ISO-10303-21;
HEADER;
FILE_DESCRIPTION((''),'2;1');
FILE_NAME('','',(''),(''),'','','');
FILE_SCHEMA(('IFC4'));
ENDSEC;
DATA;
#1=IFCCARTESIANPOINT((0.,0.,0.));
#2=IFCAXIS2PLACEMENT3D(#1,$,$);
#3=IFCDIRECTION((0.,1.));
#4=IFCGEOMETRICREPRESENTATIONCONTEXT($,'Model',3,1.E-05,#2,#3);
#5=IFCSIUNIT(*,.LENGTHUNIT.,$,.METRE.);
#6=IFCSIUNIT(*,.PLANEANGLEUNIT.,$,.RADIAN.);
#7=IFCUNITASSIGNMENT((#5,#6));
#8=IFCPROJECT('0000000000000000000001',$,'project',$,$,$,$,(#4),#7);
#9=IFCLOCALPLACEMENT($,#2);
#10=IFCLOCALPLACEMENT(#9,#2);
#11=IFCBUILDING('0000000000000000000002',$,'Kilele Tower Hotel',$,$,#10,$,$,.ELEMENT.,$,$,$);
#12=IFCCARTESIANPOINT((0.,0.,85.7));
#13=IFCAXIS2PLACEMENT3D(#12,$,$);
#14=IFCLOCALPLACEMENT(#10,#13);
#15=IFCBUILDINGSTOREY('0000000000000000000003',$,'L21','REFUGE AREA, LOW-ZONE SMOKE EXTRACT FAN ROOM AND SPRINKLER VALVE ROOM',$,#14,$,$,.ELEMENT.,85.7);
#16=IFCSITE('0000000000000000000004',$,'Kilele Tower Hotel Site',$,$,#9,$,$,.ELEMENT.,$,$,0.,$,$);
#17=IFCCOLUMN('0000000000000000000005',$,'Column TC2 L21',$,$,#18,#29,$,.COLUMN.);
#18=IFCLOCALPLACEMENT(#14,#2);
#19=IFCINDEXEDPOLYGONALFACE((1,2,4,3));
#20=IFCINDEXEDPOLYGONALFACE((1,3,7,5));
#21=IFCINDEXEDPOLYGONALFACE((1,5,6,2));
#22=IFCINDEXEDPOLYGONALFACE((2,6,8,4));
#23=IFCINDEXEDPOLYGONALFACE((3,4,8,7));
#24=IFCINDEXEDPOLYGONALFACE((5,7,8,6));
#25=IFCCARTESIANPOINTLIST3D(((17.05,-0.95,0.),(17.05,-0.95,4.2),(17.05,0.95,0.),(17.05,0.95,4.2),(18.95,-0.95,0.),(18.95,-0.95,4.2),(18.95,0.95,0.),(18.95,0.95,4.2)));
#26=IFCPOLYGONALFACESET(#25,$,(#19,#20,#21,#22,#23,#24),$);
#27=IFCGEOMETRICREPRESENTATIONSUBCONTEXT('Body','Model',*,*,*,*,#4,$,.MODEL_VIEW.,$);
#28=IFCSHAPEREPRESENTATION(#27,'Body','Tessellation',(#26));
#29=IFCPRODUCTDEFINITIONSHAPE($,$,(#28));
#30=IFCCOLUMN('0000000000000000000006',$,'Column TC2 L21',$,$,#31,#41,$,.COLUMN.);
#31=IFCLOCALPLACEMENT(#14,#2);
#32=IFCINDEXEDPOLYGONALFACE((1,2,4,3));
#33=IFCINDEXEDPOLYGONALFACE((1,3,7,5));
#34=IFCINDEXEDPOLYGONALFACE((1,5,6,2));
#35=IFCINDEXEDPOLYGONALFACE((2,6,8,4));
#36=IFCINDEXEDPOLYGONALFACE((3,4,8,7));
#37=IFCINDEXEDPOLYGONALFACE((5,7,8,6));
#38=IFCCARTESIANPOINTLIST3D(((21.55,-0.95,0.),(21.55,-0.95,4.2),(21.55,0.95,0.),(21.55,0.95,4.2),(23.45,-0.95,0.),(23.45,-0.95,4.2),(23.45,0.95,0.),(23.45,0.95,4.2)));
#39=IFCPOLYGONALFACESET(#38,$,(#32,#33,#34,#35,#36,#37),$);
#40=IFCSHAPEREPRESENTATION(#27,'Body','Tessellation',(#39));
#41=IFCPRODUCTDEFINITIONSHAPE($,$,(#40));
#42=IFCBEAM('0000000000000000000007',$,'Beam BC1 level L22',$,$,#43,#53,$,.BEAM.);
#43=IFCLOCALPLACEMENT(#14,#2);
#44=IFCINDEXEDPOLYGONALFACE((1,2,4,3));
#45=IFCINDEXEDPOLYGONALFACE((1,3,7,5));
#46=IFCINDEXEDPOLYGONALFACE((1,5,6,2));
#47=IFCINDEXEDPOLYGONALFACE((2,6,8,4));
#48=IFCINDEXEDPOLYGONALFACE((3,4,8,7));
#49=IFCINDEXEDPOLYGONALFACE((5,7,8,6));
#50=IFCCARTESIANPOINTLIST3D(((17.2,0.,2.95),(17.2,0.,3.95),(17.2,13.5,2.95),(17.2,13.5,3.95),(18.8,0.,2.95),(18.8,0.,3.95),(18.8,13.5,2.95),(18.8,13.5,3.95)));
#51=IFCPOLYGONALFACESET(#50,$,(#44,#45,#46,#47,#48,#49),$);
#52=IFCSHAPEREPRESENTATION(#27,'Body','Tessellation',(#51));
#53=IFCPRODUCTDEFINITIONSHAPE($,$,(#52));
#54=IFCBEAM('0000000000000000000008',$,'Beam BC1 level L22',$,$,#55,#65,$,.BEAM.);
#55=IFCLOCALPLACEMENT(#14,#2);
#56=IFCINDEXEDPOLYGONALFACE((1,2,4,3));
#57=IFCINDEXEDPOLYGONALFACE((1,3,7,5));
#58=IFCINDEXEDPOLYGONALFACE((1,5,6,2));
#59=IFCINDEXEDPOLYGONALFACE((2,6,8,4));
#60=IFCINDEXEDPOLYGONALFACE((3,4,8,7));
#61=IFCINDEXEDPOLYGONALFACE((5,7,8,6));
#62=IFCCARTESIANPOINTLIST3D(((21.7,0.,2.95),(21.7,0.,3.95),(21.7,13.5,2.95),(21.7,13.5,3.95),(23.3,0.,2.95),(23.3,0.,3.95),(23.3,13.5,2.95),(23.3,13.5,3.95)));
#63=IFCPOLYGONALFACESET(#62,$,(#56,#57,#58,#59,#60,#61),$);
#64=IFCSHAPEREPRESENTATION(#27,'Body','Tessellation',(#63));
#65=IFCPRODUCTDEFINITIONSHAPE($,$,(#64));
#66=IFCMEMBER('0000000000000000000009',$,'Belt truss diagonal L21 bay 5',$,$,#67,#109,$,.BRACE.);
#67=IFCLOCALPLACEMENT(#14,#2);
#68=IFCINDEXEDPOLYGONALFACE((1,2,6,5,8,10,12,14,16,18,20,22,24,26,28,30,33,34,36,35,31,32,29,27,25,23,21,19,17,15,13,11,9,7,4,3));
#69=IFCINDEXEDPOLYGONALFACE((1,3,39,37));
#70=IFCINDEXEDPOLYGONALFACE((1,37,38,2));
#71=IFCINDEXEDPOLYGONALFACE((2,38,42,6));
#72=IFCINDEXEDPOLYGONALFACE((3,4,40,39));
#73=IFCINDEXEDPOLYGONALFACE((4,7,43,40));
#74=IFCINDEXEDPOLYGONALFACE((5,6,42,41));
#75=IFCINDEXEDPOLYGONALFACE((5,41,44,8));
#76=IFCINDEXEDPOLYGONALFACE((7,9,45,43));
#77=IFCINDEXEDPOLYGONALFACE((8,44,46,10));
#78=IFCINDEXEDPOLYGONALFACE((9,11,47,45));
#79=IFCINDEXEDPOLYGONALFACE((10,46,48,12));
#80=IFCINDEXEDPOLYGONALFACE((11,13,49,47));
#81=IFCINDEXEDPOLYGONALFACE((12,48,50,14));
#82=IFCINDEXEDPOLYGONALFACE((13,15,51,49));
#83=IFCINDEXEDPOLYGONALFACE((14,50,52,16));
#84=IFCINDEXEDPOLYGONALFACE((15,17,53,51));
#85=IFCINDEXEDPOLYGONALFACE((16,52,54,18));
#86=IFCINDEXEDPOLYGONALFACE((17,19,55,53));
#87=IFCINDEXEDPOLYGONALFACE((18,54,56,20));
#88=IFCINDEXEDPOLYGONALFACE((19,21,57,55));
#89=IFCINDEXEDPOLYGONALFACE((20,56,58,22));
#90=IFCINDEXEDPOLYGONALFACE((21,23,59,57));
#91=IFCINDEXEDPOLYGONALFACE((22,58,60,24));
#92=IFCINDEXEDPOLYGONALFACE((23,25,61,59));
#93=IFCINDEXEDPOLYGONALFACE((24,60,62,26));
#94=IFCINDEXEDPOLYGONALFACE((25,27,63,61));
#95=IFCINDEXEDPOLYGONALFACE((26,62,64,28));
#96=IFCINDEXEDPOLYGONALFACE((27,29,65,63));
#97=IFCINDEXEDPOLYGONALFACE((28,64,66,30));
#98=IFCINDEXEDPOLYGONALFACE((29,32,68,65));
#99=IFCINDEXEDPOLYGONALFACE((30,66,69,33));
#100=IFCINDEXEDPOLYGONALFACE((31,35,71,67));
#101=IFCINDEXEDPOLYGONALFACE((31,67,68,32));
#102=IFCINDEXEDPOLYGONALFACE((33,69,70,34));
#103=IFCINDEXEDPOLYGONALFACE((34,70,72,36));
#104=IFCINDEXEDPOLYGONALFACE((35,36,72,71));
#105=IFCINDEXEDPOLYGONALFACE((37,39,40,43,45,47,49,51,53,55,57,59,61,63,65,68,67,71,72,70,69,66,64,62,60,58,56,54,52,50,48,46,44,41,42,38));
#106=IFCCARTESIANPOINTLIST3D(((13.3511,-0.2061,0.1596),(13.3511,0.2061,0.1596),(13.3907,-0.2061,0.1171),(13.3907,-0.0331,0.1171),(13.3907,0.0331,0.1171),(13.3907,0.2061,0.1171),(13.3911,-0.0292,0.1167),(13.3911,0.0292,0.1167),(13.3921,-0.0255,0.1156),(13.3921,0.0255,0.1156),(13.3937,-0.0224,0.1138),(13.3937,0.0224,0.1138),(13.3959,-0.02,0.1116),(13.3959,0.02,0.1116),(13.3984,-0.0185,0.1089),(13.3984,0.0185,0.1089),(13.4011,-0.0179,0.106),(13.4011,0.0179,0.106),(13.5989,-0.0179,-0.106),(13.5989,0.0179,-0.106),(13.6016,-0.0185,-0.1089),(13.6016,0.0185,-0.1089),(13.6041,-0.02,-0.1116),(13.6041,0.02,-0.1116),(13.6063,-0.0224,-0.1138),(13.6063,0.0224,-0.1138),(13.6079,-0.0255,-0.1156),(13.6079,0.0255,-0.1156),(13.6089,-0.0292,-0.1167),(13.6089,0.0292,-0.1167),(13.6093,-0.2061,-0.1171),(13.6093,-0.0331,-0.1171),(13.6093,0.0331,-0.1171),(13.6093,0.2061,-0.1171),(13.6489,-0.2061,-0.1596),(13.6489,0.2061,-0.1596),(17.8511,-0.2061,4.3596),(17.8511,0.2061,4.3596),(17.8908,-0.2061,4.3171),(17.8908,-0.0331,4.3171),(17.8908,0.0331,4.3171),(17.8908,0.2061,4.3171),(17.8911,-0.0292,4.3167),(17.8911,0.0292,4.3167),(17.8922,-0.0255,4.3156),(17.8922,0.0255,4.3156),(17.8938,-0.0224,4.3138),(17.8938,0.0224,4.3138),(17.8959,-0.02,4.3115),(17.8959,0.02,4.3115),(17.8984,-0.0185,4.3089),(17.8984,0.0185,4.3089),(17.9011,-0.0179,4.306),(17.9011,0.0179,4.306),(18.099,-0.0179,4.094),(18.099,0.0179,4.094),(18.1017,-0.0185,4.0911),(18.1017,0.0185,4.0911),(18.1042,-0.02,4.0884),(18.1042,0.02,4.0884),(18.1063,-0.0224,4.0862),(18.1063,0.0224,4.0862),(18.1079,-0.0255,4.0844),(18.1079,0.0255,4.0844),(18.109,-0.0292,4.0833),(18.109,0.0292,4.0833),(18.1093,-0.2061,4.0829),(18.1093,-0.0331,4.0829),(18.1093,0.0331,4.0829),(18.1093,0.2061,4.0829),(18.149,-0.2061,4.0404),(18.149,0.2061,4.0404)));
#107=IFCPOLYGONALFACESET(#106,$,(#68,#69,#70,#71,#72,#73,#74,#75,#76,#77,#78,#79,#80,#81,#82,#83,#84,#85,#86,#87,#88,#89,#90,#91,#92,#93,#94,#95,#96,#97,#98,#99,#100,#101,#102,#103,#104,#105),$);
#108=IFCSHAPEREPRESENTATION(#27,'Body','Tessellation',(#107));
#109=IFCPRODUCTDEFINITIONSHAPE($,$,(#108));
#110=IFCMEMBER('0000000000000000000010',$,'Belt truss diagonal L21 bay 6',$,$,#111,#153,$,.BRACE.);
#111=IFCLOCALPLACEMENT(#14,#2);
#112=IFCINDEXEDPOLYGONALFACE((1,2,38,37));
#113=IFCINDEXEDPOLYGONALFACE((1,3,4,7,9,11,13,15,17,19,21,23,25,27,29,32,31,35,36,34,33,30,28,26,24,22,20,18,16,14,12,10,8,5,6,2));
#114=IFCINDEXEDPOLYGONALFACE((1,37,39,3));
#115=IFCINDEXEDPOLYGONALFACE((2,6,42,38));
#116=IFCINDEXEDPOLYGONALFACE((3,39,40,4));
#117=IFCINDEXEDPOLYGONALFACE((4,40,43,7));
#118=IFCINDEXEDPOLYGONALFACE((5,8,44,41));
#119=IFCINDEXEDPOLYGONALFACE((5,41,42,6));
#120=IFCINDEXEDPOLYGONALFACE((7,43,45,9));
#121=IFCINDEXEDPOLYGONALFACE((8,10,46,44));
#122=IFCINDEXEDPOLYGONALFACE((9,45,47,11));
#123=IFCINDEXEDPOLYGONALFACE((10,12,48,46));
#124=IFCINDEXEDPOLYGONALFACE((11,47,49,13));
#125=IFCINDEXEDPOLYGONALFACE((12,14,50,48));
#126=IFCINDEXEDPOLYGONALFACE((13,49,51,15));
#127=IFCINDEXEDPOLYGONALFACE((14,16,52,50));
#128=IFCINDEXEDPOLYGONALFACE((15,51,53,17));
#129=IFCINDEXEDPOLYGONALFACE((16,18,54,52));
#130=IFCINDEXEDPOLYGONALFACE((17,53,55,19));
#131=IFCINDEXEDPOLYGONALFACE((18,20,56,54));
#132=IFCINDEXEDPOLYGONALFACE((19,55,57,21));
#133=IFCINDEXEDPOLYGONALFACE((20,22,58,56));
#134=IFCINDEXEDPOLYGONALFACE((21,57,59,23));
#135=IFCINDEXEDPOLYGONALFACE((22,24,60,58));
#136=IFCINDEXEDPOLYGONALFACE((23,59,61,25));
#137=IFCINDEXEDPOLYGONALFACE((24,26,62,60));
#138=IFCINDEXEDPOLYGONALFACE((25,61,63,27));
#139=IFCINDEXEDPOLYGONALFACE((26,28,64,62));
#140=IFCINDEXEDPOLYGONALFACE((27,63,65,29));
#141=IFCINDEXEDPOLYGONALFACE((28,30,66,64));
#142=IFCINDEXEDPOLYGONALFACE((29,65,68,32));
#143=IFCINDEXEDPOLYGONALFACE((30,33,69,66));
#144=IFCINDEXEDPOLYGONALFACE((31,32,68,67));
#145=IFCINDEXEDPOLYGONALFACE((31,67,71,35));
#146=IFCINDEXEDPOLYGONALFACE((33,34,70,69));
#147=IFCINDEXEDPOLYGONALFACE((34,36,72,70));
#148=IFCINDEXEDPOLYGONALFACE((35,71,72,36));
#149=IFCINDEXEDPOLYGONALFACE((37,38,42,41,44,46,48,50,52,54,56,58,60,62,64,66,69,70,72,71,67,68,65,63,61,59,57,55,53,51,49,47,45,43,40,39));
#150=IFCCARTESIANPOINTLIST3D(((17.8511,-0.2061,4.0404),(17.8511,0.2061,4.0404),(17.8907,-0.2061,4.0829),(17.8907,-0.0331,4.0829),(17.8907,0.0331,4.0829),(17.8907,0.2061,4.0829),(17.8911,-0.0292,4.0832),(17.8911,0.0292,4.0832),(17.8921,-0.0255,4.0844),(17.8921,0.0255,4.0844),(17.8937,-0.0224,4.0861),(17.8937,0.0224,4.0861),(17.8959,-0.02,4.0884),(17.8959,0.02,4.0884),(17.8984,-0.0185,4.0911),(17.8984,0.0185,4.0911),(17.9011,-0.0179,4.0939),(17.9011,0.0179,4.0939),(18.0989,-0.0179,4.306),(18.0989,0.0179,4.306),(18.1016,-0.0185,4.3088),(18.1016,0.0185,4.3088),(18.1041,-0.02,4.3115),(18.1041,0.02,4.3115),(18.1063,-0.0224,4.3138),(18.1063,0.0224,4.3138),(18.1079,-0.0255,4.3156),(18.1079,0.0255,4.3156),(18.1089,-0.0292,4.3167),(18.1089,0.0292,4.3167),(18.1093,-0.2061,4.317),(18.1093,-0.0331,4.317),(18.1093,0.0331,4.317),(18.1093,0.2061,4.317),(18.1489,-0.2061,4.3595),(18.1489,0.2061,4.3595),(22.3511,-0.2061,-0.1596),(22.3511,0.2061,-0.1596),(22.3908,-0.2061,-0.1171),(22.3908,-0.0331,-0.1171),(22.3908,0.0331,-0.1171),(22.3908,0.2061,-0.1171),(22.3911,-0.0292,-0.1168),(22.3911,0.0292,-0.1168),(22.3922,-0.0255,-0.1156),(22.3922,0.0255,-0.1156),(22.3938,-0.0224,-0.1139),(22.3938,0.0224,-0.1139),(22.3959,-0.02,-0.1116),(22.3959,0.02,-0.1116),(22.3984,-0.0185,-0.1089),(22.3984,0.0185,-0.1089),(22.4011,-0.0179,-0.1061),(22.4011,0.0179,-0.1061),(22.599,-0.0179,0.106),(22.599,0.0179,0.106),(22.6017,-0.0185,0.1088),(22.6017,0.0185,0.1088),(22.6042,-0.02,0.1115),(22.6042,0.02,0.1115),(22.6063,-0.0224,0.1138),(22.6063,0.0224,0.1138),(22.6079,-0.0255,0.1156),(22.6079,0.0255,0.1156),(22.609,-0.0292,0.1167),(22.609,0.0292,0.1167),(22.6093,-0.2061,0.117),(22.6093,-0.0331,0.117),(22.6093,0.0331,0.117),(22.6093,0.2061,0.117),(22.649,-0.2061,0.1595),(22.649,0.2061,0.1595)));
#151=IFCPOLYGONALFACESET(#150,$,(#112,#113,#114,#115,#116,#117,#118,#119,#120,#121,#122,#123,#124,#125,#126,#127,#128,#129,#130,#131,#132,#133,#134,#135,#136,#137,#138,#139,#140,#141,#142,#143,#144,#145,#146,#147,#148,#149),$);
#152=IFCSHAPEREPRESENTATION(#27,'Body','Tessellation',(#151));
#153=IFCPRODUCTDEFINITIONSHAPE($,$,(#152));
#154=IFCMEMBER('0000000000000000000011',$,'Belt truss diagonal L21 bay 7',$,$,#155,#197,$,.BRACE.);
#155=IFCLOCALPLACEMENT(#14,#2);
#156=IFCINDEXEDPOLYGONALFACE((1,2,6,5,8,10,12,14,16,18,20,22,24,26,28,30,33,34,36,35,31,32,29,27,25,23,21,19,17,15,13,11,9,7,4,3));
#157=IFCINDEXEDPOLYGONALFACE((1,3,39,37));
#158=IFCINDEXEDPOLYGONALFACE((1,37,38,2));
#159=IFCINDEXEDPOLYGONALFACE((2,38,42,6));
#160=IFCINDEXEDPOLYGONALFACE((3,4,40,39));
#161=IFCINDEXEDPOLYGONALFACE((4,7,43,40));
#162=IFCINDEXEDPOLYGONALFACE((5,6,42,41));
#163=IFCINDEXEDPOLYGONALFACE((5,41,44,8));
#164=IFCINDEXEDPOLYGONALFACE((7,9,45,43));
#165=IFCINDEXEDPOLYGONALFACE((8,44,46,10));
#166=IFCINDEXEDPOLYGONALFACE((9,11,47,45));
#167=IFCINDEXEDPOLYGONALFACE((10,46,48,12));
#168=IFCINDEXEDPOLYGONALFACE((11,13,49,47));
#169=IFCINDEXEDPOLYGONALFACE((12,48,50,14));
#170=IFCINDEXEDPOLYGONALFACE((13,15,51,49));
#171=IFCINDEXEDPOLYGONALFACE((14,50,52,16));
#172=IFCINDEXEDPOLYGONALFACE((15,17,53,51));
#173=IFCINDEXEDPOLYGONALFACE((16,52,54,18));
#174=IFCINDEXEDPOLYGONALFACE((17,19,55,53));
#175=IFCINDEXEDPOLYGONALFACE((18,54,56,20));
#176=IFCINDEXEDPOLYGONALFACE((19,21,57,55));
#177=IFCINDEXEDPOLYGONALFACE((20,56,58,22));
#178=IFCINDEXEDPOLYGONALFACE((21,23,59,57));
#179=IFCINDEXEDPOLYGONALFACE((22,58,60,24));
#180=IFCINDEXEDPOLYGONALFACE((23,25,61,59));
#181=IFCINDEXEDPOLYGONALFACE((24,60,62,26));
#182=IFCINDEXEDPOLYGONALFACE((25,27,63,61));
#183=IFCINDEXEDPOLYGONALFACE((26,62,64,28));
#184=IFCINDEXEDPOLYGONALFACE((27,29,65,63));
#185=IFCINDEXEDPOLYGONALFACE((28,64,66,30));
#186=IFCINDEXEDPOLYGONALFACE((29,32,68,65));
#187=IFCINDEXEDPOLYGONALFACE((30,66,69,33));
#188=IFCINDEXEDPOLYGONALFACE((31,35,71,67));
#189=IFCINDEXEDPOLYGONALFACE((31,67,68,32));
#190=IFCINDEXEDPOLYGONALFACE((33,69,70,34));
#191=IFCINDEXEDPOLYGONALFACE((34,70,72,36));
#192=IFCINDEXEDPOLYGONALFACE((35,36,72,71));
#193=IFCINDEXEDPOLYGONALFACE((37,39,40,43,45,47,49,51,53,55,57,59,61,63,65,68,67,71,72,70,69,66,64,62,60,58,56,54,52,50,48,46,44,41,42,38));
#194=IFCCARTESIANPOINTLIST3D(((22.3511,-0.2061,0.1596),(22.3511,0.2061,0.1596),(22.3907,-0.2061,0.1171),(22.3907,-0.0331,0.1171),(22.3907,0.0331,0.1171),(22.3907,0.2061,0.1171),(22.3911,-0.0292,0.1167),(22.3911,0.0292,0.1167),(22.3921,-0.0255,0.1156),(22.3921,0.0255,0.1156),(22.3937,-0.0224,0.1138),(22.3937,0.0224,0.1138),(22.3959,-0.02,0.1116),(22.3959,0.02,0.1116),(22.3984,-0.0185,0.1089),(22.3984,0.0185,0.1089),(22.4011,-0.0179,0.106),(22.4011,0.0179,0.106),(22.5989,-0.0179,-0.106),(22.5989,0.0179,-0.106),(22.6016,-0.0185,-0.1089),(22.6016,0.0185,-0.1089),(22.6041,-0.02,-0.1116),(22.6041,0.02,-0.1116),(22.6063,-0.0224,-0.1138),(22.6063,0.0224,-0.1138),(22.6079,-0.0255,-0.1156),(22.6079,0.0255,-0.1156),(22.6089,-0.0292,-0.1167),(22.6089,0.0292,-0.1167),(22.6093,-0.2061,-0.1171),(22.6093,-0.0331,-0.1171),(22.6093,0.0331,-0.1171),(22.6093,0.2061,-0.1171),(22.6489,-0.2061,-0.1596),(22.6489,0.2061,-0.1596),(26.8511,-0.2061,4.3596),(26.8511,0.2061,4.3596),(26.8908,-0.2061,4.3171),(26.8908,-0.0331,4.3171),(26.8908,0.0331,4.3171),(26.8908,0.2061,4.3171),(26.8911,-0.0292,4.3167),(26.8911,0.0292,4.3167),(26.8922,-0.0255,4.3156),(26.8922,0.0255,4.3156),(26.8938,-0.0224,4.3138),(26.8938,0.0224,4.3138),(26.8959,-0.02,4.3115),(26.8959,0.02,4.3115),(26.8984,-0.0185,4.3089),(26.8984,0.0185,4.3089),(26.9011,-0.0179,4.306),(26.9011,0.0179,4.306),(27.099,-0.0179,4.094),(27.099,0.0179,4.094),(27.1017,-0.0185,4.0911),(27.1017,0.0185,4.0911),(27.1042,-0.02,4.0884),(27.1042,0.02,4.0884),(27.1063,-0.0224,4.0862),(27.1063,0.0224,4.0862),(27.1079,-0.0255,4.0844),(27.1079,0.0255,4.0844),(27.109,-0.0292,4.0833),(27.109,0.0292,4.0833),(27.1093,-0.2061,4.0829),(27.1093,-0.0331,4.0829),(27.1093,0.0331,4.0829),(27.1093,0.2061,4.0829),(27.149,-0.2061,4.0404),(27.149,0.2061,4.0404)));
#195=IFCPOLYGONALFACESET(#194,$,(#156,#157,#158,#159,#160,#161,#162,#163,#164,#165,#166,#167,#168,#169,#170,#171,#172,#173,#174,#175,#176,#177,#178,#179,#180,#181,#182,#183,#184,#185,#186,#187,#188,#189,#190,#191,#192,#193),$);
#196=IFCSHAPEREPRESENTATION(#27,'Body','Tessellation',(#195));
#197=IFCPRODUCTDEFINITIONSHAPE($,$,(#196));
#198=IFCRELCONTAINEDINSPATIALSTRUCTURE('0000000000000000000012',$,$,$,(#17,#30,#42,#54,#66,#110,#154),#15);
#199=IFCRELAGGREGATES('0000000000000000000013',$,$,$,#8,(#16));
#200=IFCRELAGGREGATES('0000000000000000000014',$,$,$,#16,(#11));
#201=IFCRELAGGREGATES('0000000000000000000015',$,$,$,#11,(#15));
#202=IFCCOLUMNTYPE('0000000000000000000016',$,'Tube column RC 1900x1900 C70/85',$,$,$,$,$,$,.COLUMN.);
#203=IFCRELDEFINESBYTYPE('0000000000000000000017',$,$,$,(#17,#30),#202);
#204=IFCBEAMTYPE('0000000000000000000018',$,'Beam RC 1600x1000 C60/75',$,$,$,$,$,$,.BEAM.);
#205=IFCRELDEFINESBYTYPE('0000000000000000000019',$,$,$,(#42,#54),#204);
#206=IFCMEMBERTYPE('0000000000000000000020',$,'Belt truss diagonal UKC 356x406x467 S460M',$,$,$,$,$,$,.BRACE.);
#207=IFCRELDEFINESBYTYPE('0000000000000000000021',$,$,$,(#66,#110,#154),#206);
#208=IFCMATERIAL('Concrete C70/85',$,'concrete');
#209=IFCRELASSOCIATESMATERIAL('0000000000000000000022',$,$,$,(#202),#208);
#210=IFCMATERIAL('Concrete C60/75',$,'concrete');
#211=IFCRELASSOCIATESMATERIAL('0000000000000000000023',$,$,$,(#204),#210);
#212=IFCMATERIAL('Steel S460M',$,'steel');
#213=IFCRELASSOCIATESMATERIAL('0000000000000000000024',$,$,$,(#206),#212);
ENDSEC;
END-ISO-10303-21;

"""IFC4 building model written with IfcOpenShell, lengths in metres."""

from ifc_helpers import new_model, si_unit, direction, frame, origin, origin_2d, place, context, subcontext, project, spatial, rectangle, i_section, extrude, material, material_profile, profile_set, type_object, element, save


model = new_model("IFC4")

# Units and contexts
model_context = context("Model", 3, precision=1e-05, world=origin(), true_north=direction((0.0, 1.0)))
body_context = subcontext(model_context, "Body", "Model", "MODEL_VIEW")
ifc_project = project(units=[si_unit("LENGTHUNIT", "METRE"), si_unit("PLANEANGLEUNIT", "RADIAN")], contexts=[model_context])

# Site, building, storey
site_placement = place(None, origin())
site = spatial("IfcSite", under=ifc_project, at=site_placement, Name="Kilele Tower Hotel Site", CompositionType="ELEMENT", RefElevation=0.0)
building_placement = place(site_placement, origin())
building = spatial("IfcBuilding", under=site, at=building_placement, Name="Kilele Tower Hotel", CompositionType="ELEMENT")
storey_placement = place(building_placement, frame((0.0, 0.0, 85.7)))
storey = spatial("IfcBuildingStorey", under=building, at=storey_placement, Name="L21", Description="REFUGE AREA, LOW-ZONE SMOKE EXTRACT FAN ROOM AND SPRINKLER VALVE ROOM", CompositionType="ELEMENT", Elevation=85.7)

# Columns
ifc_material_1 = material(Name="Concrete C70/85", Category="concrete")
ifc_material_profile_1 = material_profile(ifc_material_1, rectangle(XDim=1.8999, YDim=1.8999, at=origin_2d()))
ifc_profile_set_1 = profile_set([ifc_material_profile_1], Name="Concrete C70/85")
column_type = type_object("IfcColumnType", Name="Tube column RC 1900x1900 C70/85", PredefinedType="COLUMN", material=ifc_profile_set_1)
for number, where, z_axis, x_axis, name in (
    (1, (18.0, 0.0, 0.0), (0.0, 0.0, 1.0), (1.0, 0.0, 0.0), "Column TC2 L21"),
    (2, (22.5, 0.0, 0.0), (0.0, 0.0, 1.0), (1.0, 0.0, 0.0), "Column TC2 L21"),
):
    element("IfcColumn", number, at=place(storey_placement, frame(where, z_axis=z_axis, x_axis=x_axis)), inside=storey, type_object=column_type, Name=name, PredefinedType="COLUMN", context=body_context, shape_type="SweptSolid", body=[
        extrude(rectangle(XDim=1.8999, YDim=1.8999, at=origin_2d()), origin(), (0.0, 0.0, 1.0), 4.2),
    ])

# Beams
ifc_material_2 = material(Name="Concrete C60/75", Category="concrete")
ifc_material_profile_2 = material_profile(ifc_material_2, rectangle(XDim=1.6001, YDim=1.0, at=origin_2d()))
ifc_profile_set_2 = profile_set([ifc_material_profile_2], Name="Concrete C60/75")
beam_type_1 = type_object("IfcBeamType", Name="Beam RC 1600x1000 C60/75", PredefinedType="BEAM", material=ifc_profile_set_2)
for number, where, z_axis, x_axis, name in (
    (3, (18.0, 0.0, 3.45), (0.0, 1.0, 0.0), (-1.0, 0.0, 0.0), "Beam BC1 level L22"),
    (4, (22.5, 0.0, 3.45), (0.0, 1.0, 0.0), (-1.0, 0.0, 0.0), "Beam BC1 level L22"),
):
    element("IfcBeam", number, at=place(storey_placement, frame(where, z_axis=z_axis, x_axis=x_axis)), inside=storey, type_object=beam_type_1, Name=name, PredefinedType="BEAM", context=body_context, shape_type="SweptSolid", body=[
        extrude(rectangle(XDim=1.6001, YDim=1.0, at=origin_2d()), origin(), (0.0, 0.0, 1.0), 13.5),
    ])

# Members
ifc_material_3 = material(Name="Steel S460M", Category="steel")
ifc_material_profile_3 = material_profile(ifc_material_3, i_section(OverallWidth=0.4121, OverallDepth=0.4365, WebThickness=0.0359, FlangeThickness=0.0581, FilletRadius=0.0151, at=origin_2d()))
ifc_profile_set_3 = profile_set([ifc_material_profile_3], Name="Steel S460M")
member_type = type_object("IfcMemberType", Name="Belt truss diagonal UKC 356x406x467 S460M", PredefinedType="BRACE", material=ifc_profile_set_3)
for number, where, z_axis, x_axis, name in (
    (5, (13.5, 0.0, 0.0), (0.731059, 0.0, 0.682314), (0.0, 1.0, 0.0), "Belt truss diagonal L21 bay 5"),
    (6, (18.0, 0.0, 4.2), (0.731059, 0.0, -0.682314), (0.0, 1.0, 0.0), "Belt truss diagonal L21 bay 6"),
    (7, (22.5, 0.0, 0.0), (0.731059, 0.0, 0.682314), (0.0, 1.0, 0.0), "Belt truss diagonal L21 bay 7"),
):
    element("IfcMember", number, at=place(storey_placement, frame(where, z_axis=z_axis, x_axis=x_axis)), inside=storey, type_object=member_type, Name=name, PredefinedType="BRACE", context=body_context, shape_type="SweptSolid", body=[
        extrude(i_section(OverallWidth=0.4121, OverallDepth=0.4365, WebThickness=0.0359, FlangeThickness=0.0581, FilletRadius=0.0151, at=origin_2d()), origin(), (0.0, 0.0, 1.0), 6.1555),
    ])

save(model, "model.ifc")
